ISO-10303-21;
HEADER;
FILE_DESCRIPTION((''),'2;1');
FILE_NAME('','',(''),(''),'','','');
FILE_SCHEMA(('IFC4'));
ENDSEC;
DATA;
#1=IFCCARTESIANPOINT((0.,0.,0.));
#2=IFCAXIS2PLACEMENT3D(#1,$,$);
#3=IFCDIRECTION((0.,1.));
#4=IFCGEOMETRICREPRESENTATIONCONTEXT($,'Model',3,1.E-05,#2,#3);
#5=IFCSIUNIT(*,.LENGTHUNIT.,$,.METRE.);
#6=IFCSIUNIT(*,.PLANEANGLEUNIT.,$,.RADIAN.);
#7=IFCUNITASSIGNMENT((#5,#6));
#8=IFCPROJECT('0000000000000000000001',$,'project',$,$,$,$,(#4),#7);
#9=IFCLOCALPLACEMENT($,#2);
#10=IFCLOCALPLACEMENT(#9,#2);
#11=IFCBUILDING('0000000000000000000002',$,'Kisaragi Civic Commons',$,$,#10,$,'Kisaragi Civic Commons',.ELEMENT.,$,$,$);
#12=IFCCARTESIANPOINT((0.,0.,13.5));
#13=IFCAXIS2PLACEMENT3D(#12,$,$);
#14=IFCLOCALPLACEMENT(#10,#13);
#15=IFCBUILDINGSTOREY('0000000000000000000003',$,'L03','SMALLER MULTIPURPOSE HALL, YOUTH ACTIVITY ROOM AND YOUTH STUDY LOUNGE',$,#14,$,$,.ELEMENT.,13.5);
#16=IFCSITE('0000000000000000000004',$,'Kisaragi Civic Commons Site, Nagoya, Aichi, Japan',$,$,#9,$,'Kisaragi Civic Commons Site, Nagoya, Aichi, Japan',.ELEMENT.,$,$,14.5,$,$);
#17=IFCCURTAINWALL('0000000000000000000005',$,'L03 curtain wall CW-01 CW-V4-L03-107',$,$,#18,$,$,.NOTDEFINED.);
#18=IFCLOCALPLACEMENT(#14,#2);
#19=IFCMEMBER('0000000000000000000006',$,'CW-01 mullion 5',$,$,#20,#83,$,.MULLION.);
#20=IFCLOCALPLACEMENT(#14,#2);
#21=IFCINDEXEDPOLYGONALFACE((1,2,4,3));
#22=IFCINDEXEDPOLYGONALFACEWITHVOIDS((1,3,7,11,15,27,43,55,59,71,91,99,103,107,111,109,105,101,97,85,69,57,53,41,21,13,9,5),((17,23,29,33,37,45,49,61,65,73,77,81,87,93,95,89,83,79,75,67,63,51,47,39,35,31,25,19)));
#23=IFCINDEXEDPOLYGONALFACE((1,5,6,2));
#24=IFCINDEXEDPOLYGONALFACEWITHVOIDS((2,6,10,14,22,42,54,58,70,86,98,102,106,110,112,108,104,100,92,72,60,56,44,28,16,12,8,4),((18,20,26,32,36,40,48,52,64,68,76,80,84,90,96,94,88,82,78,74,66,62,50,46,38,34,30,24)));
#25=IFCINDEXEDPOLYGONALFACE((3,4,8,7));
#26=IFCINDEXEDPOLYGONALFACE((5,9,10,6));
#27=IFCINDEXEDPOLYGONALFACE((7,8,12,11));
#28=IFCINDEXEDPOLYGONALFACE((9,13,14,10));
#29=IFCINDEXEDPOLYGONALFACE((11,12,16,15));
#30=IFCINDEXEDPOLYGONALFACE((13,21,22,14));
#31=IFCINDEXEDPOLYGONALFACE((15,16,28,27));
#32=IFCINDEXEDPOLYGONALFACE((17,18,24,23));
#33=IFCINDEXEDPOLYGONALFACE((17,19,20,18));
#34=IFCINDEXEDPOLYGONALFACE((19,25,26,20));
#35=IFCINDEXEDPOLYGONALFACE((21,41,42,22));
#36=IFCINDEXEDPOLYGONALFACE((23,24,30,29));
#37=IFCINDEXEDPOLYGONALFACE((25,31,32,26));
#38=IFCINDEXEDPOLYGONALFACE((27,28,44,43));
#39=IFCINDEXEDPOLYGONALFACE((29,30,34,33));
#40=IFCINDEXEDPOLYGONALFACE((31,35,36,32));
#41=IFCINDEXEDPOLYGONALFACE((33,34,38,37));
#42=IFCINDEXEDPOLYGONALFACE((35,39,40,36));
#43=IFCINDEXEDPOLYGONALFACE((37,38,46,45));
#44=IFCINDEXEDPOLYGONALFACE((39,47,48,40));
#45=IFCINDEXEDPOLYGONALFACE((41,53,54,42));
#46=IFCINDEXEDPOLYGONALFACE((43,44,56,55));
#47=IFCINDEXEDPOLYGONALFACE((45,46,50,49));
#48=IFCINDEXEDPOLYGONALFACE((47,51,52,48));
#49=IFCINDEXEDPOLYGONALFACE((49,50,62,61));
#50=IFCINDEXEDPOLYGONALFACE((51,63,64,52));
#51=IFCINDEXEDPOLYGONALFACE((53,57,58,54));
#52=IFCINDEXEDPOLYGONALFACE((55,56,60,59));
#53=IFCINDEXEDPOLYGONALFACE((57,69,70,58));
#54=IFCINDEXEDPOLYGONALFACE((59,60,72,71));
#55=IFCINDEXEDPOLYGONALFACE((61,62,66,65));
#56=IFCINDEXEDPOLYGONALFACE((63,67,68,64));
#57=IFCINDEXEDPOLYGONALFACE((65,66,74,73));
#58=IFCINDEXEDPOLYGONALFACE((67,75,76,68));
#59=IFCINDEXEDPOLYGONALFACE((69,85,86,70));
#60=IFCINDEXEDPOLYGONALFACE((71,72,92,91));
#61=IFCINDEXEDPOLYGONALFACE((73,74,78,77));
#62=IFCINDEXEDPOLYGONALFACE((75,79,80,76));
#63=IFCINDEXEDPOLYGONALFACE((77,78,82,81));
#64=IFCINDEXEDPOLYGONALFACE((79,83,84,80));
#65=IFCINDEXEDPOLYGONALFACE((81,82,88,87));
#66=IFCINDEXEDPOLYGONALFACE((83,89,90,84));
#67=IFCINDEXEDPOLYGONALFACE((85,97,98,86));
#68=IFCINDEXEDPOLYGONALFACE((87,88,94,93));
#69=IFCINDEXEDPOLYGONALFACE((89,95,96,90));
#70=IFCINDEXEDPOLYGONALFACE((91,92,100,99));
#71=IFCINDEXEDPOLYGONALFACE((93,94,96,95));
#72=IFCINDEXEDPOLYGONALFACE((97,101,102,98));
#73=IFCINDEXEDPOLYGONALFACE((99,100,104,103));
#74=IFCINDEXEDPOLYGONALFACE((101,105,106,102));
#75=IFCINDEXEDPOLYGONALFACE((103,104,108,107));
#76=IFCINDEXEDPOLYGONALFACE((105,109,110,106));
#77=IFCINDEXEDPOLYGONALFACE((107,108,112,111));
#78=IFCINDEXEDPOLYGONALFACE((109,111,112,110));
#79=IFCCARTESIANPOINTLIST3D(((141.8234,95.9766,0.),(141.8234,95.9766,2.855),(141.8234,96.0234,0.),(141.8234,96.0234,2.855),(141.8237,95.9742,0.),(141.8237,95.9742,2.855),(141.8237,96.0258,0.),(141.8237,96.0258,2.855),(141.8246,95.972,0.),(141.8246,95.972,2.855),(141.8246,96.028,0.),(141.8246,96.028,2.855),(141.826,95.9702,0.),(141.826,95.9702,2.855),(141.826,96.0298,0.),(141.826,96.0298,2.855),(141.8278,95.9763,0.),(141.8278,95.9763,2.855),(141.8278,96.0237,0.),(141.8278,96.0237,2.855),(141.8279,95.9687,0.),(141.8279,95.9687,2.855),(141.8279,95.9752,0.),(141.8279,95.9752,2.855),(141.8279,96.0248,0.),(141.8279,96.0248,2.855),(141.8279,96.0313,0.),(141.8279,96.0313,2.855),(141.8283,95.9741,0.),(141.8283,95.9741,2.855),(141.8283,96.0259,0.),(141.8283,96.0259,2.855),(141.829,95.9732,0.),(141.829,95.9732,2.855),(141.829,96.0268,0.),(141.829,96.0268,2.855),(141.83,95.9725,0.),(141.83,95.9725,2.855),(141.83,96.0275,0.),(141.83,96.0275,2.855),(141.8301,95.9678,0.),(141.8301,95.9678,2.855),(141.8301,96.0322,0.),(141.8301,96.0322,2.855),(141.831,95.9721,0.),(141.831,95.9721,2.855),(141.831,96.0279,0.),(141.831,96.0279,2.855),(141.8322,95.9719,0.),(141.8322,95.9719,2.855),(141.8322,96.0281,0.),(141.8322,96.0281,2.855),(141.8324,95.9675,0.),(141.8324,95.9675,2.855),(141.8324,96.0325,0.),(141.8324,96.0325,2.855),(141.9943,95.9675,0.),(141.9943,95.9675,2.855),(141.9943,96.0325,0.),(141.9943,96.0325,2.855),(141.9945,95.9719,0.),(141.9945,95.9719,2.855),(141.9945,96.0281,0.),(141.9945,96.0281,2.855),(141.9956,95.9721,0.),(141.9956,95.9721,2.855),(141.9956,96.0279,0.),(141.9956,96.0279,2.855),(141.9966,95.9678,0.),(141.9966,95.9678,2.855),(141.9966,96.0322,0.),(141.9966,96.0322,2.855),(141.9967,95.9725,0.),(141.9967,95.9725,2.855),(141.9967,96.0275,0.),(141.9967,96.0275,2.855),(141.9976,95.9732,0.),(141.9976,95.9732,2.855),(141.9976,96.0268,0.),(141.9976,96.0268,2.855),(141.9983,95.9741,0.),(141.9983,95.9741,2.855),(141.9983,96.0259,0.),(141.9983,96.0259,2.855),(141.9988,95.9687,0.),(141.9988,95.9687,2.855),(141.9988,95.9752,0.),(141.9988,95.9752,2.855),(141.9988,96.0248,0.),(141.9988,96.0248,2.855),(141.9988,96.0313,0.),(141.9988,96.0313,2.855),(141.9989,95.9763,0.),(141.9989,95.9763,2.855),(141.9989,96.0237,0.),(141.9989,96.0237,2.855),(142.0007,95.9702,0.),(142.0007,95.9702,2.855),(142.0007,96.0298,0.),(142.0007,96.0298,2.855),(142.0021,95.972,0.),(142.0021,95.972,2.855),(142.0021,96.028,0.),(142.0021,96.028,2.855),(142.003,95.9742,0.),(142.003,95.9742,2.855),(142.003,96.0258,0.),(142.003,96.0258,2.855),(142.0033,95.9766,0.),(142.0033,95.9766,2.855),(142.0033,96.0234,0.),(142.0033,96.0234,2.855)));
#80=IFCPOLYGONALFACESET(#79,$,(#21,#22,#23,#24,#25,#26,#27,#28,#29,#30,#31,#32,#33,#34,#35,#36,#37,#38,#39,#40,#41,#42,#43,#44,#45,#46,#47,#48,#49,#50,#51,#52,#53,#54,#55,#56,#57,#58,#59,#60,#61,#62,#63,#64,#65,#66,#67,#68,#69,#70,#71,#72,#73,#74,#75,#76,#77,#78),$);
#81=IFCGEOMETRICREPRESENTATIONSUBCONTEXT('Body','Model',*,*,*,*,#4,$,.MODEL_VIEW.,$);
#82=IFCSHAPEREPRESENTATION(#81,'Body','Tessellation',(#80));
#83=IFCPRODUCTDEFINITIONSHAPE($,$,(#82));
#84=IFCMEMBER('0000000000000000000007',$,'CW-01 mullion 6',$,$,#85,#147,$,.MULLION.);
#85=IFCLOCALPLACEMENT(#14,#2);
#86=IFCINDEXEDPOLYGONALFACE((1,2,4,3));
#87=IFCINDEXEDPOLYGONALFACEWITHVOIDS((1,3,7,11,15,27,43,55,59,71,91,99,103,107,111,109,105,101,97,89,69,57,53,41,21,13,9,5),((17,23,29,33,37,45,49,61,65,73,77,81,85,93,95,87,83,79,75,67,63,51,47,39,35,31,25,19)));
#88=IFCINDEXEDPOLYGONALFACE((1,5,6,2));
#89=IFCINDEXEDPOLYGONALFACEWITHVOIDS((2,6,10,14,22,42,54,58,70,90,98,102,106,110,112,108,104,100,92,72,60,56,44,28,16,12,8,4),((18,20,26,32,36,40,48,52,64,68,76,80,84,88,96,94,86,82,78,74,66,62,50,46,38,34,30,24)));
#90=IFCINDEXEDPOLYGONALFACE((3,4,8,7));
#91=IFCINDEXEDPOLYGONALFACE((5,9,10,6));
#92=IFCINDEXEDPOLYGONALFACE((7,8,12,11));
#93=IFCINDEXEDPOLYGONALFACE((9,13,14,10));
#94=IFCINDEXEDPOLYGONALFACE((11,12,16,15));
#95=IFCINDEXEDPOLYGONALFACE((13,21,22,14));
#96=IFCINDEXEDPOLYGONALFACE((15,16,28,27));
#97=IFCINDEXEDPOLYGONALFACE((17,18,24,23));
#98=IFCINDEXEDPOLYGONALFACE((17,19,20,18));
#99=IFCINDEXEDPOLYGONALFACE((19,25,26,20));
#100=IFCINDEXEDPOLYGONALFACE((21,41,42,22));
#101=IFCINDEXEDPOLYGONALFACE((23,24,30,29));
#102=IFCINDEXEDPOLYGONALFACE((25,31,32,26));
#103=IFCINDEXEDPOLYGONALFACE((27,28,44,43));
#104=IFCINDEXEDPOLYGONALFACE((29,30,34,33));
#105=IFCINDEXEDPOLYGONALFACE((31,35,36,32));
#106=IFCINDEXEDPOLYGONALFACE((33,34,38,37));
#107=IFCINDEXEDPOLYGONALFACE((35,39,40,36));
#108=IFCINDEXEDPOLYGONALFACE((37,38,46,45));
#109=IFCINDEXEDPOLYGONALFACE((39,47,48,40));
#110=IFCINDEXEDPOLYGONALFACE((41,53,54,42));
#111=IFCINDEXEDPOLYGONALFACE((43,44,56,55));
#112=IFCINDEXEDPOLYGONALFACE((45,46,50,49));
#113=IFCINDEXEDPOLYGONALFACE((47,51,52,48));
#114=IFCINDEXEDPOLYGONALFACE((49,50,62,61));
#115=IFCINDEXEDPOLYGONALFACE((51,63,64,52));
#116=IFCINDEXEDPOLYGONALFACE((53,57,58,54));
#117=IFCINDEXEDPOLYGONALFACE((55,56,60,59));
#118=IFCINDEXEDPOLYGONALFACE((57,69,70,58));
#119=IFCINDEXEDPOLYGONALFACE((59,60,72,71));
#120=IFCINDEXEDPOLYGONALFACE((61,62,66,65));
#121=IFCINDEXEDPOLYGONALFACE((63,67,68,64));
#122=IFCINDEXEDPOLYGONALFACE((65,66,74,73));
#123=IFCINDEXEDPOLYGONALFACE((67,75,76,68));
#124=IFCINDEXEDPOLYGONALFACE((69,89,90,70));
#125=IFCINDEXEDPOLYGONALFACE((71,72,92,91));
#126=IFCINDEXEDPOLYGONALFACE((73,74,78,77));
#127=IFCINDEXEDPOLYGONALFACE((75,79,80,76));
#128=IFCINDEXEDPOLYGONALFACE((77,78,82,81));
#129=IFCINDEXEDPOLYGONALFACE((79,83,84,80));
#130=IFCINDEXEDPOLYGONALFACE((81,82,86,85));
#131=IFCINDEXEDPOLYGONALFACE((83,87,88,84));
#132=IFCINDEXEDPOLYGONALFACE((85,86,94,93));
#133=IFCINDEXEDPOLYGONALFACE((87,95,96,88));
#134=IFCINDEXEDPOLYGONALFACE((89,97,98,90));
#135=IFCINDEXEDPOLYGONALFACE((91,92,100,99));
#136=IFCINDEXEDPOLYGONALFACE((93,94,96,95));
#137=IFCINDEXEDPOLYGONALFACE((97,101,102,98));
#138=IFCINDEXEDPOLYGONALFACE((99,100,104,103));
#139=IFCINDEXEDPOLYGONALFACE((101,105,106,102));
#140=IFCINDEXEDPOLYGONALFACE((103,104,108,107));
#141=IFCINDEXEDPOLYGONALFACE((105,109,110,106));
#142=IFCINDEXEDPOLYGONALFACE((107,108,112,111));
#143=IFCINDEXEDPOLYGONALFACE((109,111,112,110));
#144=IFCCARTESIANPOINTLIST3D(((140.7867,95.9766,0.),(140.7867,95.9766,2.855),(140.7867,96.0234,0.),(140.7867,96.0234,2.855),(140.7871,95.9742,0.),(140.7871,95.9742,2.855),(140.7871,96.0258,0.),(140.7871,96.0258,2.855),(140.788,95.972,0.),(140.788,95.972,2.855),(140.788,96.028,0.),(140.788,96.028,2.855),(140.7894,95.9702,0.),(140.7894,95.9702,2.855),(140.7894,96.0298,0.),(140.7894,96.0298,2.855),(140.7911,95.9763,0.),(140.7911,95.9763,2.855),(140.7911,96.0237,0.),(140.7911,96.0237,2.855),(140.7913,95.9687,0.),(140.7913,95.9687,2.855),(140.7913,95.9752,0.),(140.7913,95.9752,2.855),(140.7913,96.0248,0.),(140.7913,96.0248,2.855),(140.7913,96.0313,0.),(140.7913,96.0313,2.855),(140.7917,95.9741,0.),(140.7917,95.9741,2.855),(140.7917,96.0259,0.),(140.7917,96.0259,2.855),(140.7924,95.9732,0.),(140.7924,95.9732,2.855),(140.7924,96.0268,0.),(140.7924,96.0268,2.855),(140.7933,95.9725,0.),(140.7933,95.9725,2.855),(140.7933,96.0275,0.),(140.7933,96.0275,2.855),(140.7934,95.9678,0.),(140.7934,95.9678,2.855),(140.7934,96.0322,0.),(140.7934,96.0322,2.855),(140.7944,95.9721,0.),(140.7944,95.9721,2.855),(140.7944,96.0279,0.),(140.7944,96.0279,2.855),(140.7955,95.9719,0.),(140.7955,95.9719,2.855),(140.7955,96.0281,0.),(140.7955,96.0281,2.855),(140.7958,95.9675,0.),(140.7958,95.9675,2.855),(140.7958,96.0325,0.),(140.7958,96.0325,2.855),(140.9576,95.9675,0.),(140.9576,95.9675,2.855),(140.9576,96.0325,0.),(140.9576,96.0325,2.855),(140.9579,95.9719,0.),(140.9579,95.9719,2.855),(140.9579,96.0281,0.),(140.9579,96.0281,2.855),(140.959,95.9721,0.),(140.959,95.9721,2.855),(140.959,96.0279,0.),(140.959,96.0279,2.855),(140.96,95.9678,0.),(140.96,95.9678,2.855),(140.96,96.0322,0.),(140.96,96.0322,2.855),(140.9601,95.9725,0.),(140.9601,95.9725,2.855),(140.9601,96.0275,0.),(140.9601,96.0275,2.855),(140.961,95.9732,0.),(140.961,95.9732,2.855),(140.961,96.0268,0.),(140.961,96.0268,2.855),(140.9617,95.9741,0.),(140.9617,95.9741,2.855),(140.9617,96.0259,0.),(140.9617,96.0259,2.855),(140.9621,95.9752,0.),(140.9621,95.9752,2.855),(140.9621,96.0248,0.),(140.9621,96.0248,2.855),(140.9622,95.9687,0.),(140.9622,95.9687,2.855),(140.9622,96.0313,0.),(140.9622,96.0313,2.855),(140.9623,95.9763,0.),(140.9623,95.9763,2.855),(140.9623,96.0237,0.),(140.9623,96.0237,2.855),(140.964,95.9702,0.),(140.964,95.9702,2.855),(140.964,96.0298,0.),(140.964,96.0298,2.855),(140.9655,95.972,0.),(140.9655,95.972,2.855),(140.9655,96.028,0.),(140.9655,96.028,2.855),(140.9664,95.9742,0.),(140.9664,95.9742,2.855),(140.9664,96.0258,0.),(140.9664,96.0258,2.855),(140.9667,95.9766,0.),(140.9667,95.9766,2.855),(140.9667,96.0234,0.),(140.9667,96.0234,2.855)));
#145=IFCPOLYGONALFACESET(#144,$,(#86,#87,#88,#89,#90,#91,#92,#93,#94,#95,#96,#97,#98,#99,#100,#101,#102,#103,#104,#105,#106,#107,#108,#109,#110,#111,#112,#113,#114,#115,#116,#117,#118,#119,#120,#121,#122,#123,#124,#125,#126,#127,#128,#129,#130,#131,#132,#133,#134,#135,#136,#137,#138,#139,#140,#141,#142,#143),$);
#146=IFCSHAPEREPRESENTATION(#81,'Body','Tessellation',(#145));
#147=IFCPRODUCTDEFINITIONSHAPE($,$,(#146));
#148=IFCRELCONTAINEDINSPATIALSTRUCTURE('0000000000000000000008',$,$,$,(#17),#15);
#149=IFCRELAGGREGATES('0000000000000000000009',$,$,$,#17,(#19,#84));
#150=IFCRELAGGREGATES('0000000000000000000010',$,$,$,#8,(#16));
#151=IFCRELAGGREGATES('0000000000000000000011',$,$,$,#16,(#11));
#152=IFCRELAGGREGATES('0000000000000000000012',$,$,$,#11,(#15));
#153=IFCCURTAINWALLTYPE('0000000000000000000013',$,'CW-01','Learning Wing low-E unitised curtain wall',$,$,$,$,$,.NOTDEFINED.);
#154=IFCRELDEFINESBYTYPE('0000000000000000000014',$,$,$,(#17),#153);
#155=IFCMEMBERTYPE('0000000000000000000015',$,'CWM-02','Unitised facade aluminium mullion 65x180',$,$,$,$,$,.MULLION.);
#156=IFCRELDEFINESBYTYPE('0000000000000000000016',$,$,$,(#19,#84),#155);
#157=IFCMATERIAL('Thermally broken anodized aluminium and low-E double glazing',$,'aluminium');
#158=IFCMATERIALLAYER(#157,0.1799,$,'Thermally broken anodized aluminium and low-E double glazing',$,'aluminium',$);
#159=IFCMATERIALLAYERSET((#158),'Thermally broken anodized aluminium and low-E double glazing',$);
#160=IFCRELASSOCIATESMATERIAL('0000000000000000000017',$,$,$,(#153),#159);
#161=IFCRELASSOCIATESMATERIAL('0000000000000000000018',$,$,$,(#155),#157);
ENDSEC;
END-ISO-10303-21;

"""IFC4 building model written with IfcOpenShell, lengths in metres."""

from ifc_helpers import new_model, si_unit, direction, frame, origin, origin_2d, place, context, subcontext, project, spatial, hollow_rectangle, extrude, material, layer, layer_set, material_profile, profile_set, type_object, element, aggregate, save


model = new_model("IFC4")

# Units and contexts
model_context = context("Model", 3, precision=1e-05, world=origin(), true_north=direction((0.0, 1.0)))
body_context = subcontext(model_context, "Body", "Model", "MODEL_VIEW")
ifc_project = project(units=[si_unit("LENGTHUNIT", "METRE"), si_unit("PLANEANGLEUNIT", "RADIAN")], contexts=[model_context])

# Site, building, storey
site_placement = place(None, origin())
site = spatial("IfcSite", under=ifc_project, at=site_placement, Name="Kisaragi Civic Commons Site, Nagoya, Aichi, Japan", LongName="Kisaragi Civic Commons Site, Nagoya, Aichi, Japan", CompositionType="ELEMENT", RefElevation=14.5)
building_placement = place(site_placement, origin())
building = spatial("IfcBuilding", under=site, at=building_placement, Name="Kisaragi Civic Commons", LongName="Kisaragi Civic Commons", CompositionType="ELEMENT")
storey_placement = place(building_placement, frame((0.0, 0.0, 13.5)))
storey = spatial("IfcBuildingStorey", under=building, at=storey_placement, Name="L03", Description="SMALLER MULTIPURPOSE HALL, YOUTH ACTIVITY ROOM AND YOUTH STUDY LOUNGE", CompositionType="ELEMENT", Elevation=13.5)

# Curtain wall, members
ifc_material = material(Name="Thermally broken anodized aluminium and low-E double glazing", Category="aluminium")
ifc_layer_1 = layer(ifc_material, 0.1799, Name="Thermally broken anodized aluminium and low-E double glazing", Category="aluminium")
ifc_layer_set_1 = layer_set([ifc_layer_1], Name="Thermally broken anodized aluminium and low-E double glazing")
curtain_wall_type = type_object("IfcCurtainWallType", Name="CW-01", Description="Learning Wing low-E unitised curtain wall", PredefinedType="NOTDEFINED", material=ifc_layer_set_1)
curtain_wall_placement = place(storey_placement, origin())
curtain_wall = element("IfcCurtainWall", 1, at=curtain_wall_placement, inside=storey, type_object=curtain_wall_type, Name="L03 curtain wall CW-01 CW-V4-L03-107", PredefinedType="NOTDEFINED")
ifc_material_profile_1 = material_profile(ifc_material, hollow_rectangle(XDim=0.0649, YDim=0.1799, WallThickness=0.0044, InnerFilletRadius=0.0044, OuterFilletRadius=0.009, at=origin_2d()), Name="CWM-65x180x4.5", Category="aluminium")
ifc_profile_set_1 = profile_set([ifc_material_profile_1], Name="Thermally broken anodized aluminium and low-E double glazing")
member_type_1 = type_object("IfcMemberType", Name="CWM-02", Description="Unitised facade aluminium mullion 65x180", PredefinedType="MULLION", material=ifc_profile_set_1)
member_1_placement = place(storey_placement, frame((141.9133, 96.0, 0.0), z_axis=(0.0, 0.0, 1.0), x_axis=(0.0, -1.0, 0.0)))
member_1 = element("IfcMember", 2, at=member_1_placement, type_object=member_type_1, Name="CW-01 mullion 5", PredefinedType="MULLION", context=body_context, shape_type="SweptSolid", body=[
    extrude(hollow_rectangle(XDim=0.0649, YDim=0.1799, WallThickness=0.0044, InnerFilletRadius=0.0044, OuterFilletRadius=0.009, at=origin_2d()), origin(), (0.0, 0.0, 1.0), 2.855),
])
member_2_placement = place(storey_placement, frame((140.8767, 96.0, 0.0), z_axis=(0.0, 0.0, 1.0), x_axis=(0.0, -1.0, 0.0)))
member_2 = element("IfcMember", 3, at=member_2_placement, type_object=member_type_1, Name="CW-01 mullion 6", PredefinedType="MULLION", context=body_context, shape_type="SweptSolid", body=[
    extrude(hollow_rectangle(XDim=0.0649, YDim=0.1799, WallThickness=0.0044, InnerFilletRadius=0.0044, OuterFilletRadius=0.009, at=origin_2d()), origin(), (0.0, 0.0, 1.0), 2.855),
])
aggregate(curtain_wall, [member_1, member_2])

save(model, "model.ifc")
